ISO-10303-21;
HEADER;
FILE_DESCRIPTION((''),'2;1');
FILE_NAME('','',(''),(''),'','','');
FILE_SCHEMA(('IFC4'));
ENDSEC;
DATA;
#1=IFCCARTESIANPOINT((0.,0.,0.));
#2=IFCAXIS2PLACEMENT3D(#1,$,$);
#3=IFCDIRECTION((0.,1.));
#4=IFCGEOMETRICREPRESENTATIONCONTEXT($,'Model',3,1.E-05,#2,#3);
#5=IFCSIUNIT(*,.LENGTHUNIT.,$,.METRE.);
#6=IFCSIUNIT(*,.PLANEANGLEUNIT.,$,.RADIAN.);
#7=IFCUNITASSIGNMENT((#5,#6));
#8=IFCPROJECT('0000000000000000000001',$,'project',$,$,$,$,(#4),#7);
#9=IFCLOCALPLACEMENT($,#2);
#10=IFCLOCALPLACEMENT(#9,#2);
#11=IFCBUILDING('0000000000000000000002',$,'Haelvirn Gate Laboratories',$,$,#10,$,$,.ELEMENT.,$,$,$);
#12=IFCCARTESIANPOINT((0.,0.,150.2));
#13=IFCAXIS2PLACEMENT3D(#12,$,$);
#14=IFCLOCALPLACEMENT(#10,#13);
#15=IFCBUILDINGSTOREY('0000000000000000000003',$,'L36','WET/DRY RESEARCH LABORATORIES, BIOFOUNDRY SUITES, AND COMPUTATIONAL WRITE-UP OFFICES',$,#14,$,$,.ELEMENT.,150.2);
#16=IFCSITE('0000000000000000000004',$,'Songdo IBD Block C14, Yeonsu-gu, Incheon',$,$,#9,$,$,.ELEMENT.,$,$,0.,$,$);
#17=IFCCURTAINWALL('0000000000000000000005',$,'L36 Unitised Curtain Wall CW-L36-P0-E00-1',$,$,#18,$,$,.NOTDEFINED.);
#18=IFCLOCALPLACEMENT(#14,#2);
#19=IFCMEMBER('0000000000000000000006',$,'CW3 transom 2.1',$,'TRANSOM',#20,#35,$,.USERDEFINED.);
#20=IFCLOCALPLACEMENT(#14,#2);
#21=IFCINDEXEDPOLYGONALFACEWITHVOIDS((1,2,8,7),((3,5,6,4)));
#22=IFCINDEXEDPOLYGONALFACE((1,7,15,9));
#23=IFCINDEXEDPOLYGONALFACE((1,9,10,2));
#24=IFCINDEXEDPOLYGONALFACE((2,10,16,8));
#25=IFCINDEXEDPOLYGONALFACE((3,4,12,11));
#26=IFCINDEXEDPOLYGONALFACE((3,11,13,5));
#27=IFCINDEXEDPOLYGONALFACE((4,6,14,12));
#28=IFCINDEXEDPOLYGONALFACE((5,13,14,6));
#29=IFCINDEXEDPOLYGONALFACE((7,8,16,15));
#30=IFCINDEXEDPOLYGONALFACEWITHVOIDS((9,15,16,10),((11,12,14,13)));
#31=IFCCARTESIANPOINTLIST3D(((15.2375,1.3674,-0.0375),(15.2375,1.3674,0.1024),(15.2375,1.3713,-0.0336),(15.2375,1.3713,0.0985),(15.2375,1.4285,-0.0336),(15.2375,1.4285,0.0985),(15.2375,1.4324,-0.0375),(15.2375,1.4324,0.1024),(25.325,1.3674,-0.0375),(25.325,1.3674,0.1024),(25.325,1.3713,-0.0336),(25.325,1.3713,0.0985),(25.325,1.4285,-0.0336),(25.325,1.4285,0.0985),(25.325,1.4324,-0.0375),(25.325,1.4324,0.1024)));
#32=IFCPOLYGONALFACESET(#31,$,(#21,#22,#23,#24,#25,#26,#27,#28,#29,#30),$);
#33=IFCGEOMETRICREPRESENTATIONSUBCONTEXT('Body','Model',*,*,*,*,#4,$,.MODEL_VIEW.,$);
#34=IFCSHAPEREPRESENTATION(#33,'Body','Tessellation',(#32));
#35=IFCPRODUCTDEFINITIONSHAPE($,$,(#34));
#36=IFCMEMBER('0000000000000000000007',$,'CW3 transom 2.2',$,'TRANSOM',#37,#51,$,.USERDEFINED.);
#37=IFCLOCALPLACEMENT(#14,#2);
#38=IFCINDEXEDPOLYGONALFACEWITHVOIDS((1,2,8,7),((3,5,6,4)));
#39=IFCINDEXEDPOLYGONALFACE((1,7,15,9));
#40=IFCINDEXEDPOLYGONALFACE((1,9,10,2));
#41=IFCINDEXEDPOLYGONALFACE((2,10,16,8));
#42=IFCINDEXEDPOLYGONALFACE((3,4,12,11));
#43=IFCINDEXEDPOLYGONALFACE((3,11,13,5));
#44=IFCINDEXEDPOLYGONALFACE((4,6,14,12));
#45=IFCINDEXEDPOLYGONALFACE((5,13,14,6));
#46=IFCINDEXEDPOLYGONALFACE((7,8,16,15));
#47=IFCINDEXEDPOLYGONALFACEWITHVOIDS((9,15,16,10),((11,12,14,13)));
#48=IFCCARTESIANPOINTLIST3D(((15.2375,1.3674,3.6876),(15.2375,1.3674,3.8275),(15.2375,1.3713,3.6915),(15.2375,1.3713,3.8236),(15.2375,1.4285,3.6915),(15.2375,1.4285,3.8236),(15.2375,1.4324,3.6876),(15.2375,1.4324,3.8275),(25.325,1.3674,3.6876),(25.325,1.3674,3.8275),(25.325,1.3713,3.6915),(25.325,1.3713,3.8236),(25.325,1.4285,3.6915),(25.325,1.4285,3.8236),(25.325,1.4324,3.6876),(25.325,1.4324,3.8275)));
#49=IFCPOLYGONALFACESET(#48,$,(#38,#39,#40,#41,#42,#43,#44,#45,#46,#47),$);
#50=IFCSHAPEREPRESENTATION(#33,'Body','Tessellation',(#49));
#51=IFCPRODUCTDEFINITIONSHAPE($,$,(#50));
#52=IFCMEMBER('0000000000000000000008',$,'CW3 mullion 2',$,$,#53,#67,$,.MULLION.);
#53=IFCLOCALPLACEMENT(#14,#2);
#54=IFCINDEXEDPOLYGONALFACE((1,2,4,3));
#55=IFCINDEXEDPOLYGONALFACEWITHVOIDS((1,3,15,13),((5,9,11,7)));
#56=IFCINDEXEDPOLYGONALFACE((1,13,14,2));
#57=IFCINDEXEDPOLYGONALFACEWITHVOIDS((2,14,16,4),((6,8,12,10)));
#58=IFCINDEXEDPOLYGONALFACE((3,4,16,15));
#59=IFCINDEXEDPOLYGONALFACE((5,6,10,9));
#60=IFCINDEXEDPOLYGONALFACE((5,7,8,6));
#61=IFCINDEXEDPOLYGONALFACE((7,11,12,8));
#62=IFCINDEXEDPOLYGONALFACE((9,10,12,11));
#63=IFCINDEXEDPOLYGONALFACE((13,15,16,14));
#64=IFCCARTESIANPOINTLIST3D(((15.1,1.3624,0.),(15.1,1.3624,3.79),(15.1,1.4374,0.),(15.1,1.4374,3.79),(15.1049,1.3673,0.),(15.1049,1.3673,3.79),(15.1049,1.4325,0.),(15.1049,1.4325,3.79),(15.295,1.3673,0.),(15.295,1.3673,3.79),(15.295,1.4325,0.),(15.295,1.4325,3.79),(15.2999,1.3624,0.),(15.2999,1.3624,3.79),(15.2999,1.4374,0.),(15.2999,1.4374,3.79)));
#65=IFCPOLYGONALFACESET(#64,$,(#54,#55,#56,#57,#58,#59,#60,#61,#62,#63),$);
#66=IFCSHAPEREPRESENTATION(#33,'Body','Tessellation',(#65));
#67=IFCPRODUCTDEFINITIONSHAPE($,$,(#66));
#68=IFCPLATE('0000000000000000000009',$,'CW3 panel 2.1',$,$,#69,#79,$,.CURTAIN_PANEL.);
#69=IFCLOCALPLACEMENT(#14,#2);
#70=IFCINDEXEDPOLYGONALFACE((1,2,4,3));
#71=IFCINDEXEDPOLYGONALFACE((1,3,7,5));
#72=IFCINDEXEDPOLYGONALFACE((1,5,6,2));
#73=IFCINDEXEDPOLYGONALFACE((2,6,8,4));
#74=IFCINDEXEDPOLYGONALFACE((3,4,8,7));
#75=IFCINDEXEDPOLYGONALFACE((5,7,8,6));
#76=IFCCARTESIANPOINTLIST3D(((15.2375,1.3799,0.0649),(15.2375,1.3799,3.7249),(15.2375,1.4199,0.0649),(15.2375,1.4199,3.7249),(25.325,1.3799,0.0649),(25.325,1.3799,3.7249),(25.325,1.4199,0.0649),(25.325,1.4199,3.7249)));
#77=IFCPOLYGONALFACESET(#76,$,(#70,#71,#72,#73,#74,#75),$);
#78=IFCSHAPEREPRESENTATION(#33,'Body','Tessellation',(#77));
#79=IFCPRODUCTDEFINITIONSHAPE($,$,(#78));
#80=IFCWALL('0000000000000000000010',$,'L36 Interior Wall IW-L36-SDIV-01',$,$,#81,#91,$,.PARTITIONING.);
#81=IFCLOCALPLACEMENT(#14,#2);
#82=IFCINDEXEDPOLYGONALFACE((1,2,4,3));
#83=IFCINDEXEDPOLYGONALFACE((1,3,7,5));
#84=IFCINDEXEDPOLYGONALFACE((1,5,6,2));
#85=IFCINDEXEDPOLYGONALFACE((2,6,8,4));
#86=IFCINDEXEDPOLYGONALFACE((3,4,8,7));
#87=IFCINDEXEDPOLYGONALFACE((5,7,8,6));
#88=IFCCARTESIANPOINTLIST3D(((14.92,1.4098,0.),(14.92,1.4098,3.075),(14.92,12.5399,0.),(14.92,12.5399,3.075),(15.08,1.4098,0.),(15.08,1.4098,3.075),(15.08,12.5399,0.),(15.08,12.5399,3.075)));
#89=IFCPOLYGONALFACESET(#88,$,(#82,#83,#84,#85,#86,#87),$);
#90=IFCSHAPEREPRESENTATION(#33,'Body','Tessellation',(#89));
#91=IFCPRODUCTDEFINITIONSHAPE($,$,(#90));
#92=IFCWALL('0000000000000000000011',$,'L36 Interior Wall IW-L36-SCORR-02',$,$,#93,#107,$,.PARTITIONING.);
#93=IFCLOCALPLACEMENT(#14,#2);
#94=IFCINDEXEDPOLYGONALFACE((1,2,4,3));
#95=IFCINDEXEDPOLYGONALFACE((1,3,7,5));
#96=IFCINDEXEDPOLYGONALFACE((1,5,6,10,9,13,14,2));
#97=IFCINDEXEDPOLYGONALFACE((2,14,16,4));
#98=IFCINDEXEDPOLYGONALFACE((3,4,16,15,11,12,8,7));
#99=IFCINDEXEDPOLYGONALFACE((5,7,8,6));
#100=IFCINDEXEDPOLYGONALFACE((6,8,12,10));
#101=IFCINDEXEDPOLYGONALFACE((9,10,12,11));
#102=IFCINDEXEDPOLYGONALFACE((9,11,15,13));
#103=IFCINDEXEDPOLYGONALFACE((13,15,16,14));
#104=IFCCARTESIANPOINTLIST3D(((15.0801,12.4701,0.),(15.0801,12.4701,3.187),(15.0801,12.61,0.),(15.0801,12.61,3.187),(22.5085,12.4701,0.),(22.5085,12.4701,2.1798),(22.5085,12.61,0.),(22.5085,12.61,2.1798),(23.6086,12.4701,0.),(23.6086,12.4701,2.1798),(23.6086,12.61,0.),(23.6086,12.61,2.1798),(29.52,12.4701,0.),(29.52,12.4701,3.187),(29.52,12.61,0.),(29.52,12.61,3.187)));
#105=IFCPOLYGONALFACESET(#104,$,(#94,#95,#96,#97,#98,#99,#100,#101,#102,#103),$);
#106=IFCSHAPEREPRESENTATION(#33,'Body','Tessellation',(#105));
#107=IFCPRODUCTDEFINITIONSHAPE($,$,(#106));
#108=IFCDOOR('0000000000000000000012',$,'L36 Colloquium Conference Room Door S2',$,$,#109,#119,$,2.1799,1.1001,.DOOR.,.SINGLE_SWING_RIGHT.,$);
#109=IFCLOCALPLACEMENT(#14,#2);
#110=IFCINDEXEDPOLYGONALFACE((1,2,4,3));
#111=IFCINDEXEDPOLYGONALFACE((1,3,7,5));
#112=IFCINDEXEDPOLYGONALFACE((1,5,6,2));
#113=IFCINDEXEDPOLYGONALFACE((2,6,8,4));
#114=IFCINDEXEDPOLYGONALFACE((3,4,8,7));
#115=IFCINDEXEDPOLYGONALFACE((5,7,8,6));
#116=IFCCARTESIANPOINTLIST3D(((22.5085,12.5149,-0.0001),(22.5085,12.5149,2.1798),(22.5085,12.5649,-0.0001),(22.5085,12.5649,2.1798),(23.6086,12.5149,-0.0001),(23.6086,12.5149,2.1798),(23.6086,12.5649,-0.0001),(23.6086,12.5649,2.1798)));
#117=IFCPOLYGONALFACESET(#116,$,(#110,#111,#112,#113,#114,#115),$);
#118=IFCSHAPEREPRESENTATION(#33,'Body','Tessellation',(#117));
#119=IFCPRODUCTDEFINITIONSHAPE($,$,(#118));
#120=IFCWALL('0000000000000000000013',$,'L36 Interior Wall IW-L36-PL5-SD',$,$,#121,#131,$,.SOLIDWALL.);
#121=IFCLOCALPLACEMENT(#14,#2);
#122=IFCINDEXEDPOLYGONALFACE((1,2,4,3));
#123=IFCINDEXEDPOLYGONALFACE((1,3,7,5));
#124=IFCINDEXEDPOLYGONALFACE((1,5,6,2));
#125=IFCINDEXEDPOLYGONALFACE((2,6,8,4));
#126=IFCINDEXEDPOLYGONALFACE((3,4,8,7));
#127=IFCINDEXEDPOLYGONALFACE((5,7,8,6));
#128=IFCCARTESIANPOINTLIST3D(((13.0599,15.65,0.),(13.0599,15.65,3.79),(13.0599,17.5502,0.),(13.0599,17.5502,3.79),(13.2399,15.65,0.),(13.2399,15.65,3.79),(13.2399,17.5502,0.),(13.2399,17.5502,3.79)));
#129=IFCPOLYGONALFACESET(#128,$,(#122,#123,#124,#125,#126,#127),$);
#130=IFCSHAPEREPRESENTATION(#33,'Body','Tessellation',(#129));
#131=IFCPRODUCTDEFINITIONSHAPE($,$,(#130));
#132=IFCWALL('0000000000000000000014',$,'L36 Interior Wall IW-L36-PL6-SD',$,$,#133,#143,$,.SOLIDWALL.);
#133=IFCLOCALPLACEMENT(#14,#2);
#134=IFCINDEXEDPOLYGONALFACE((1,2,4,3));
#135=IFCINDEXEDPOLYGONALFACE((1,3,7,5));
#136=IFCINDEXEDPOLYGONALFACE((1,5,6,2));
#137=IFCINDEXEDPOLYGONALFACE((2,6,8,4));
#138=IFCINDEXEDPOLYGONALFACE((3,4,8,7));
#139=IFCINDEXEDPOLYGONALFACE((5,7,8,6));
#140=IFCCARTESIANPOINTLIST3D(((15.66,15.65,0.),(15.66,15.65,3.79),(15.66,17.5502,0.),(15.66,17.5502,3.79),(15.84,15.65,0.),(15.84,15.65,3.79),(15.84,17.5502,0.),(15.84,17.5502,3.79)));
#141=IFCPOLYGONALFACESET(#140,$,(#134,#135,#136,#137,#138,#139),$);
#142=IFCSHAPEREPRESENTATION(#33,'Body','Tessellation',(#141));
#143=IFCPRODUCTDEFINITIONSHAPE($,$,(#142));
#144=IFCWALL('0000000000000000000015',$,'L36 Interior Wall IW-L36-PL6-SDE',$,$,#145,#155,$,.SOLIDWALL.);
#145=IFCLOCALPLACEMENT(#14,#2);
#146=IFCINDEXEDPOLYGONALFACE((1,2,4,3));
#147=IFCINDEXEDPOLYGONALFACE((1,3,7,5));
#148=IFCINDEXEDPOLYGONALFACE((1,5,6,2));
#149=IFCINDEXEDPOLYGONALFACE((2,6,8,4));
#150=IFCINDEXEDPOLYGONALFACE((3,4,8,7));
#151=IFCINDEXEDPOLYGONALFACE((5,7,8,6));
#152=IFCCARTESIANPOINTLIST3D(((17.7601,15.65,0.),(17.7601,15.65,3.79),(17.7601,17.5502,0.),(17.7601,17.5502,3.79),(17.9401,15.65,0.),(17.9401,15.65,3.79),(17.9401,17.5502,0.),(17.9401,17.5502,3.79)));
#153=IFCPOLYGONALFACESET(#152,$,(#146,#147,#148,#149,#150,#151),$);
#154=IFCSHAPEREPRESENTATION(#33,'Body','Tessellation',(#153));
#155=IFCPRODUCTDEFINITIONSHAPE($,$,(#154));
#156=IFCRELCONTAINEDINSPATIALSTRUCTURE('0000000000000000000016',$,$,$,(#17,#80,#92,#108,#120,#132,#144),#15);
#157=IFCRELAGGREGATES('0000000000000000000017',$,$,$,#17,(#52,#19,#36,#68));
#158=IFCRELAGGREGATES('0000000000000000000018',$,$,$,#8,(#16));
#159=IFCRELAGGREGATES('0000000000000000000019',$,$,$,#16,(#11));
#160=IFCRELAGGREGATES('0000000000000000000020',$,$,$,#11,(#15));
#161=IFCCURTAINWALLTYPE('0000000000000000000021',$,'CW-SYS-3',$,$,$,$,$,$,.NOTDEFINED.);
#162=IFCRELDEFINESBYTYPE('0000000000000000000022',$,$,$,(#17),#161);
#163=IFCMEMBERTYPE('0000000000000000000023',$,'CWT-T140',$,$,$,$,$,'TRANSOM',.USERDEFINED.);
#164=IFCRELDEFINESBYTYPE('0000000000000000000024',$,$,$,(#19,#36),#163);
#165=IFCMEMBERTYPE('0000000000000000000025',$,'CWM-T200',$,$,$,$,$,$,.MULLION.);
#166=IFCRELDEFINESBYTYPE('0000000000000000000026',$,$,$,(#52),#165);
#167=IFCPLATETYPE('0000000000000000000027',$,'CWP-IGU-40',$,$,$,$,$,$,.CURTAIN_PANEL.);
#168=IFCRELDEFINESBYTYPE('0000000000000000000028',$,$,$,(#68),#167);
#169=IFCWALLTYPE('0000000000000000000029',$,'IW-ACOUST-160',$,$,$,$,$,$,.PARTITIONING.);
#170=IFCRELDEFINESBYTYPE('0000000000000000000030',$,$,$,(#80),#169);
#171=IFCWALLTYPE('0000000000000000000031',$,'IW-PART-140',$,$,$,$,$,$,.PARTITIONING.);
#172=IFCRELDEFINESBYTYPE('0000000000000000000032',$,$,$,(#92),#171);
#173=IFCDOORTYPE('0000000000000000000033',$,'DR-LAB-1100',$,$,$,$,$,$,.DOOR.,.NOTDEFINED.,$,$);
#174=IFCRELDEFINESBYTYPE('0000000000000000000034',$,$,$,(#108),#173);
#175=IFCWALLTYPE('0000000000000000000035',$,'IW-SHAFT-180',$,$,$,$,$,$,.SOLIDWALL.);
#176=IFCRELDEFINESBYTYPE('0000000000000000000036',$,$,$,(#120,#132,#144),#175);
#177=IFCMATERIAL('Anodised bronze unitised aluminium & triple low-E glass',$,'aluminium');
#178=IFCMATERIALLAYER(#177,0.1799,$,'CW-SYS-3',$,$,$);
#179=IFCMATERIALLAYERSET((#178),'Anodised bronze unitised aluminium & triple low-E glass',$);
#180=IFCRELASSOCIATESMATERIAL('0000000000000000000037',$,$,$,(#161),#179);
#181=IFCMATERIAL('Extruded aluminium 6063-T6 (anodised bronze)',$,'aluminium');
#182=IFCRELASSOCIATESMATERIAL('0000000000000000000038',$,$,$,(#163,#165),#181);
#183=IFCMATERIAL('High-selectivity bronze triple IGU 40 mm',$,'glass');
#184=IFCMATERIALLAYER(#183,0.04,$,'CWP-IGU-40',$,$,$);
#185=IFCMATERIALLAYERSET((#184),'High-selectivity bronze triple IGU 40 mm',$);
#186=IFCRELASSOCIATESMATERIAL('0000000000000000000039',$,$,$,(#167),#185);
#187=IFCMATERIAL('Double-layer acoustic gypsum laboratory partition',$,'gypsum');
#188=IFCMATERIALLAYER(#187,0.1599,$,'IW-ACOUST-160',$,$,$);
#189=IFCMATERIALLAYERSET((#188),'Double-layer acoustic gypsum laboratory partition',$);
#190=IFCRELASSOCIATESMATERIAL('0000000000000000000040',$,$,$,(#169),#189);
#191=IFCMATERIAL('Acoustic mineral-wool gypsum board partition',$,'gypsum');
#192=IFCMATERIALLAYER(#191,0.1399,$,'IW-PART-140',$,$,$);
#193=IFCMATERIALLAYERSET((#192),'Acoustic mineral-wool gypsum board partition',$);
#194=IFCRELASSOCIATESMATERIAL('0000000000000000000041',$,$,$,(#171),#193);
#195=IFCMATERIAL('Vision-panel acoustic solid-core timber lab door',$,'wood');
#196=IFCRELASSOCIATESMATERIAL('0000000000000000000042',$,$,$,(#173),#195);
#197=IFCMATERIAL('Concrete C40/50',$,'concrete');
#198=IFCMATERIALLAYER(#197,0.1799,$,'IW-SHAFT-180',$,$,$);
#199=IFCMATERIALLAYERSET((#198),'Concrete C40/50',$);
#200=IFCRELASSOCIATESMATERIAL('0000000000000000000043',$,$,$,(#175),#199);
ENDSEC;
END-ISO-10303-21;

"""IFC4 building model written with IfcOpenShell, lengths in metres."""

from ifc_helpers import new_model, si_unit, direction, frame, frame_2d, origin, origin_2d, place, context, subcontext, project, spatial, rectangle, hollow_rectangle, extrude, source, transform, mapped, material, layer, layer_set, material_profile, profile_set, type_object, type_shapes, element, fill, aggregate, save


model = new_model("IFC4")

# Units and contexts
model_context = context("Model", 3, precision=1e-05, world=origin(), true_north=direction((0.0, 1.0)))
body_context = subcontext(model_context, "Body", "Model", "MODEL_VIEW")
ifc_project = project(units=[si_unit("LENGTHUNIT", "METRE"), si_unit("PLANEANGLEUNIT", "RADIAN")], contexts=[model_context])

# Site, building, storey
site_placement = place(None, origin())
site = spatial("IfcSite", under=ifc_project, at=site_placement, Name="Songdo IBD Block C14, Yeonsu-gu, Incheon", CompositionType="ELEMENT", RefElevation=0.0)
building_placement = place(site_placement, origin())
building = spatial("IfcBuilding", under=site, at=building_placement, Name="Haelvirn Gate Laboratories", CompositionType="ELEMENT")
storey_placement = place(building_placement, frame((0.0, 0.0, 150.2)))
storey = spatial("IfcBuildingStorey", under=building, at=storey_placement, Name="L36", Description="WET/DRY RESEARCH LABORATORIES, BIOFOUNDRY SUITES, AND COMPUTATIONAL WRITE-UP OFFICES", CompositionType="ELEMENT", Elevation=150.2)

# Curtain wall, members, plate
ifc_material_1 = material(Name="Anodised bronze unitised aluminium & triple low-E glass", Category="aluminium")
ifc_layer_1 = layer(ifc_material_1, 0.1799, Name="CW-SYS-3")
ifc_layer_set_1 = layer_set([ifc_layer_1], Name="Anodised bronze unitised aluminium & triple low-E glass")
curtain_wall_type = type_object("IfcCurtainWallType", Name="CW-SYS-3", PredefinedType="NOTDEFINED", material=ifc_layer_set_1)
curtain_wall_placement = place(storey_placement, origin())
curtain_wall = element("IfcCurtainWall", 1, at=curtain_wall_placement, inside=storey, type_object=curtain_wall_type, Name="L36 Unitised Curtain Wall CW-L36-P0-E00-1", PredefinedType="NOTDEFINED")
ifc_material_2 = material(Name="Extruded aluminium 6063-T6 (anodised bronze)", Category="aluminium")
ifc_material_profile_1 = material_profile(ifc_material_2, hollow_rectangle(XDim=0.0649, YDim=0.1399, WallThickness=0.0039, at=origin_2d()), Name="CWT-140x65x4")
ifc_profile_set_1 = profile_set([ifc_material_profile_1], Name="Extruded aluminium 6063-T6 (anodised bronze)")
member_type_1 = type_object("IfcMemberType", Name="CWT-T140", ElementType="TRANSOM", PredefinedType="USERDEFINED", material=ifc_profile_set_1)
shared_shape_1 = source(origin(), body_context, "Body", "SweptSolid", [
    extrude(hollow_rectangle(XDim=0.0649, YDim=0.1399, WallThickness=0.0039, at=origin_2d()), origin(), (0.0, 0.0, 1.0), 10.0874),
])
type_shapes(member_type_1, [shared_shape_1])
member_1_placement = place(storey_placement, frame((15.2375, 1.3999, 0.0325), z_axis=(1.0, 0.0, 0.0), x_axis=(0.0, 1.0, 0.0)))
member_1 = element("IfcMember", 2, at=member_1_placement, type_object=member_type_1, Name="CW3 transom 2.1", ObjectType="TRANSOM", PredefinedType="USERDEFINED", context=body_context, shape_type="MappedRepresentation", body=[
    mapped(shared_shape_1, transform((0.0, 0.0, 0.0), scale=1.0)),
])
member_2_placement = place(storey_placement, frame((15.2375, 1.3999, 3.7576), z_axis=(1.0, 0.0, 0.0), x_axis=(0.0, 1.0, 0.0)))
member_2 = element("IfcMember", 3, at=member_2_placement, type_object=member_type_1, Name="CW3 transom 2.2", ObjectType="TRANSOM", PredefinedType="USERDEFINED", context=body_context, shape_type="MappedRepresentation", body=[
    mapped(shared_shape_1, transform((0.0, 0.0, 0.0), scale=1.0)),
])
ifc_material_profile_2 = material_profile(ifc_material_2, hollow_rectangle(XDim=0.075, YDim=0.2, WallThickness=0.0049, at=origin_2d()), Name="CWM-200x75x5")
ifc_profile_set_2 = profile_set([ifc_material_profile_2], Name="Extruded aluminium 6063-T6 (anodised bronze)")
member_type_2 = type_object("IfcMemberType", Name="CWM-T200", PredefinedType="MULLION", material=ifc_profile_set_2)
shared_shape_2 = source(origin(), body_context, "Body", "SweptSolid", [
    extrude(hollow_rectangle(XDim=0.075, YDim=0.2, WallThickness=0.0049, at=origin_2d()), origin(), (0.0, 0.0, 1.0), 3.79),
])
type_shapes(member_type_2, [shared_shape_2])
member_3_placement = place(storey_placement, frame((15.2, 1.3999, 0.0), z_axis=(0.0, 0.0, 1.0), x_axis=(0.0, 1.0, 0.0)))
member_3 = element("IfcMember", 4, at=member_3_placement, type_object=member_type_2, Name="CW3 mullion 2", PredefinedType="MULLION", context=body_context, shape_type="MappedRepresentation", body=[
    mapped(shared_shape_2, transform((0.0, 0.0, 0.0), scale=1.0)),
])
ifc_material_3 = material(Name="High-selectivity bronze triple IGU 40 mm", Category="glass")
ifc_layer_2 = layer(ifc_material_3, 0.04, Name="CWP-IGU-40")
ifc_layer_set_2 = layer_set([ifc_layer_2], Name="High-selectivity bronze triple IGU 40 mm")
plate_type = type_object("IfcPlateType", Name="CWP-IGU-40", PredefinedType="CURTAIN_PANEL", material=ifc_layer_set_2)
shared_shape_3 = source(origin(), body_context, "Body", "SweptSolid", [
    extrude(rectangle(XDim=10.0874, YDim=0.04, at=origin_2d()), origin(), (0.0, 0.0, 1.0), 3.6599),
])
type_shapes(plate_type, [shared_shape_3])
plate_placement = place(storey_placement, frame((20.2812, 1.3999, 0.0649), z_axis=(0.0, 0.0, 1.0), x_axis=(1.0, 0.0, 0.0)))
plate = element("IfcPlate", 5, at=plate_placement, type_object=plate_type, Name="CW3 panel 2.1", PredefinedType="CURTAIN_PANEL", context=body_context, shape_type="MappedRepresentation", body=[
    mapped(shared_shape_3, transform((0.0, 0.0, 0.0), scale=1.0)),
])
aggregate(curtain_wall, [member_3, member_1, member_2, plate])

# Wall
ifc_material_4 = material(Name="Double-layer acoustic gypsum laboratory partition", Category="gypsum")
ifc_layer_3 = layer(ifc_material_4, 0.1599, Name="IW-ACOUST-160")
ifc_layer_set_3 = layer_set([ifc_layer_3], Name="Double-layer acoustic gypsum laboratory partition")
wall_type_1 = type_object("IfcWallType", Name="IW-ACOUST-160", PredefinedType="PARTITIONING", material=ifc_layer_set_3)
wall_1_placement = place(storey_placement, frame((15.0, 1.4099, 0.0), z_axis=(0.0, 0.0, 1.0), x_axis=(0.0, 1.0, 0.0)))
element("IfcWall", 6, at=wall_1_placement, inside=storey, type_object=wall_type_1, Name="L36 Interior Wall IW-L36-SDIV-01", PredefinedType="PARTITIONING", context=body_context, shape_type="SweptSolid", body=[
    extrude(rectangle(XDim=11.1301, YDim=0.1599, at=frame_2d((5.5649, 0.0))), origin(), (0.0, 0.0, 1.0), 3.075),
])

# Wall, opening, door
ifc_material_5 = material(Name="Acoustic mineral-wool gypsum board partition", Category="gypsum")
ifc_layer_4 = layer(ifc_material_5, 0.1399, Name="IW-PART-140")
ifc_layer_set_4 = layer_set([ifc_layer_4], Name="Acoustic mineral-wool gypsum board partition")
wall_type_2 = type_object("IfcWallType", Name="IW-PART-140", PredefinedType="PARTITIONING", material=ifc_layer_set_4)
wall_2_placement = place(storey_placement, frame((15.0801, 12.54, 0.0), z_axis=(0.0, 0.0, 1.0), x_axis=(1.0, 0.0, 0.0)))
wall_2 = element("IfcWall", 7, at=wall_2_placement, inside=storey, type_object=wall_type_2, Name="L36 Interior Wall IW-L36-SCORR-02", PredefinedType="PARTITIONING", context=body_context, shape_type="SweptSolid", body=[
    extrude(rectangle(XDim=14.4399, YDim=0.1399, at=frame_2d((7.22, 0.0))), origin(), (0.0, 0.0, 1.0), 3.187),
])
opening_1_placement = place(wall_2_placement, frame((7.4285, 0.0, 0.0)))
opening_1 = element("IfcOpeningElement", 8, at=opening_1_placement, cuts=wall_2, PredefinedType="OPENING", context=body_context, shape_type="SweptSolid", body=[
    extrude(rectangle(XDim=1.1001, YDim=2.1799, at=frame_2d((0.55, 1.0898))), frame((0.0, 0.0801, 0.0), z_axis=(0.0, -1.0, 0.0), x_axis=(1.0, 0.0, 0.0)), (0.0, 0.0, 1.0), 0.1599),
])
ifc_material_6 = material(Name="Vision-panel acoustic solid-core timber lab door", Category="wood")
door_type_1 = type_object("IfcDoorType", Name="DR-LAB-1100", OperationType="NOTDEFINED", PredefinedType="DOOR", material=ifc_material_6)
shared_shape_4 = source(origin(), body_context, "Body", "SweptSolid", [
    extrude(rectangle(XDim=1.1001, YDim=2.1799, at=frame_2d((0.55, 1.0898))), frame((0.0, 0.0249, 0.0), z_axis=(0.0, -1.0, 0.0), x_axis=(1.0, 0.0, 0.0)), (0.0, 0.0, 1.0), 0.05),
])
type_shapes(door_type_1, [shared_shape_4])
door_1_placement = place(opening_1_placement, origin())
door_1 = element("IfcDoor", 9, at=door_1_placement, inside=storey, type_object=door_type_1, Name="L36 Colloquium Conference Room Door S2", OperationType="SINGLE_SWING_RIGHT", OverallHeight=2.1799, OverallWidth=1.1001, PredefinedType="DOOR", context=body_context, shape_type="MappedRepresentation", body=[
    mapped(shared_shape_4, transform((0.0, 0.0, 0.0), scale=1.0)),
])
fill(opening_1, door_1)

# Walls
ifc_material_7 = material(Name="Concrete C40/50", Category="concrete")
ifc_layer_5 = layer(ifc_material_7, 0.1799, Name="IW-SHAFT-180")
ifc_layer_set_5 = layer_set([ifc_layer_5], Name="Concrete C40/50")
wall_type_3 = type_object("IfcWallType", Name="IW-SHAFT-180", PredefinedType="SOLIDWALL", material=ifc_layer_set_5)
for number, where, z_axis, x_axis, name in (
    (10, (13.1499, 15.6499, 0.0), (0.0, 0.0, 1.0), (0.0, 1.0, 0.0), "L36 Interior Wall IW-L36-PL5-SD"),
    (11, (15.75, 15.6499, 0.0), (0.0, 0.0, 1.0), (0.0, 1.0, 0.0), "L36 Interior Wall IW-L36-PL6-SD"),
    (12, (17.8501, 15.6499, 0.0), (0.0, 0.0, 1.0), (0.0, 1.0, 0.0), "L36 Interior Wall IW-L36-PL6-SDE"),
):
    element("IfcWall", number, at=place(storey_placement, frame(where, z_axis=z_axis, x_axis=x_axis)), inside=storey, type_object=wall_type_3, Name=name, PredefinedType="SOLIDWALL", context=body_context, shape_type="SweptSolid", body=[
        extrude(rectangle(XDim=1.9001, YDim=0.1799, at=frame_2d((0.9502, 0.0))), origin(), (0.0, 0.0, 1.0), 3.79),
    ])

save(model, "model.ifc")
